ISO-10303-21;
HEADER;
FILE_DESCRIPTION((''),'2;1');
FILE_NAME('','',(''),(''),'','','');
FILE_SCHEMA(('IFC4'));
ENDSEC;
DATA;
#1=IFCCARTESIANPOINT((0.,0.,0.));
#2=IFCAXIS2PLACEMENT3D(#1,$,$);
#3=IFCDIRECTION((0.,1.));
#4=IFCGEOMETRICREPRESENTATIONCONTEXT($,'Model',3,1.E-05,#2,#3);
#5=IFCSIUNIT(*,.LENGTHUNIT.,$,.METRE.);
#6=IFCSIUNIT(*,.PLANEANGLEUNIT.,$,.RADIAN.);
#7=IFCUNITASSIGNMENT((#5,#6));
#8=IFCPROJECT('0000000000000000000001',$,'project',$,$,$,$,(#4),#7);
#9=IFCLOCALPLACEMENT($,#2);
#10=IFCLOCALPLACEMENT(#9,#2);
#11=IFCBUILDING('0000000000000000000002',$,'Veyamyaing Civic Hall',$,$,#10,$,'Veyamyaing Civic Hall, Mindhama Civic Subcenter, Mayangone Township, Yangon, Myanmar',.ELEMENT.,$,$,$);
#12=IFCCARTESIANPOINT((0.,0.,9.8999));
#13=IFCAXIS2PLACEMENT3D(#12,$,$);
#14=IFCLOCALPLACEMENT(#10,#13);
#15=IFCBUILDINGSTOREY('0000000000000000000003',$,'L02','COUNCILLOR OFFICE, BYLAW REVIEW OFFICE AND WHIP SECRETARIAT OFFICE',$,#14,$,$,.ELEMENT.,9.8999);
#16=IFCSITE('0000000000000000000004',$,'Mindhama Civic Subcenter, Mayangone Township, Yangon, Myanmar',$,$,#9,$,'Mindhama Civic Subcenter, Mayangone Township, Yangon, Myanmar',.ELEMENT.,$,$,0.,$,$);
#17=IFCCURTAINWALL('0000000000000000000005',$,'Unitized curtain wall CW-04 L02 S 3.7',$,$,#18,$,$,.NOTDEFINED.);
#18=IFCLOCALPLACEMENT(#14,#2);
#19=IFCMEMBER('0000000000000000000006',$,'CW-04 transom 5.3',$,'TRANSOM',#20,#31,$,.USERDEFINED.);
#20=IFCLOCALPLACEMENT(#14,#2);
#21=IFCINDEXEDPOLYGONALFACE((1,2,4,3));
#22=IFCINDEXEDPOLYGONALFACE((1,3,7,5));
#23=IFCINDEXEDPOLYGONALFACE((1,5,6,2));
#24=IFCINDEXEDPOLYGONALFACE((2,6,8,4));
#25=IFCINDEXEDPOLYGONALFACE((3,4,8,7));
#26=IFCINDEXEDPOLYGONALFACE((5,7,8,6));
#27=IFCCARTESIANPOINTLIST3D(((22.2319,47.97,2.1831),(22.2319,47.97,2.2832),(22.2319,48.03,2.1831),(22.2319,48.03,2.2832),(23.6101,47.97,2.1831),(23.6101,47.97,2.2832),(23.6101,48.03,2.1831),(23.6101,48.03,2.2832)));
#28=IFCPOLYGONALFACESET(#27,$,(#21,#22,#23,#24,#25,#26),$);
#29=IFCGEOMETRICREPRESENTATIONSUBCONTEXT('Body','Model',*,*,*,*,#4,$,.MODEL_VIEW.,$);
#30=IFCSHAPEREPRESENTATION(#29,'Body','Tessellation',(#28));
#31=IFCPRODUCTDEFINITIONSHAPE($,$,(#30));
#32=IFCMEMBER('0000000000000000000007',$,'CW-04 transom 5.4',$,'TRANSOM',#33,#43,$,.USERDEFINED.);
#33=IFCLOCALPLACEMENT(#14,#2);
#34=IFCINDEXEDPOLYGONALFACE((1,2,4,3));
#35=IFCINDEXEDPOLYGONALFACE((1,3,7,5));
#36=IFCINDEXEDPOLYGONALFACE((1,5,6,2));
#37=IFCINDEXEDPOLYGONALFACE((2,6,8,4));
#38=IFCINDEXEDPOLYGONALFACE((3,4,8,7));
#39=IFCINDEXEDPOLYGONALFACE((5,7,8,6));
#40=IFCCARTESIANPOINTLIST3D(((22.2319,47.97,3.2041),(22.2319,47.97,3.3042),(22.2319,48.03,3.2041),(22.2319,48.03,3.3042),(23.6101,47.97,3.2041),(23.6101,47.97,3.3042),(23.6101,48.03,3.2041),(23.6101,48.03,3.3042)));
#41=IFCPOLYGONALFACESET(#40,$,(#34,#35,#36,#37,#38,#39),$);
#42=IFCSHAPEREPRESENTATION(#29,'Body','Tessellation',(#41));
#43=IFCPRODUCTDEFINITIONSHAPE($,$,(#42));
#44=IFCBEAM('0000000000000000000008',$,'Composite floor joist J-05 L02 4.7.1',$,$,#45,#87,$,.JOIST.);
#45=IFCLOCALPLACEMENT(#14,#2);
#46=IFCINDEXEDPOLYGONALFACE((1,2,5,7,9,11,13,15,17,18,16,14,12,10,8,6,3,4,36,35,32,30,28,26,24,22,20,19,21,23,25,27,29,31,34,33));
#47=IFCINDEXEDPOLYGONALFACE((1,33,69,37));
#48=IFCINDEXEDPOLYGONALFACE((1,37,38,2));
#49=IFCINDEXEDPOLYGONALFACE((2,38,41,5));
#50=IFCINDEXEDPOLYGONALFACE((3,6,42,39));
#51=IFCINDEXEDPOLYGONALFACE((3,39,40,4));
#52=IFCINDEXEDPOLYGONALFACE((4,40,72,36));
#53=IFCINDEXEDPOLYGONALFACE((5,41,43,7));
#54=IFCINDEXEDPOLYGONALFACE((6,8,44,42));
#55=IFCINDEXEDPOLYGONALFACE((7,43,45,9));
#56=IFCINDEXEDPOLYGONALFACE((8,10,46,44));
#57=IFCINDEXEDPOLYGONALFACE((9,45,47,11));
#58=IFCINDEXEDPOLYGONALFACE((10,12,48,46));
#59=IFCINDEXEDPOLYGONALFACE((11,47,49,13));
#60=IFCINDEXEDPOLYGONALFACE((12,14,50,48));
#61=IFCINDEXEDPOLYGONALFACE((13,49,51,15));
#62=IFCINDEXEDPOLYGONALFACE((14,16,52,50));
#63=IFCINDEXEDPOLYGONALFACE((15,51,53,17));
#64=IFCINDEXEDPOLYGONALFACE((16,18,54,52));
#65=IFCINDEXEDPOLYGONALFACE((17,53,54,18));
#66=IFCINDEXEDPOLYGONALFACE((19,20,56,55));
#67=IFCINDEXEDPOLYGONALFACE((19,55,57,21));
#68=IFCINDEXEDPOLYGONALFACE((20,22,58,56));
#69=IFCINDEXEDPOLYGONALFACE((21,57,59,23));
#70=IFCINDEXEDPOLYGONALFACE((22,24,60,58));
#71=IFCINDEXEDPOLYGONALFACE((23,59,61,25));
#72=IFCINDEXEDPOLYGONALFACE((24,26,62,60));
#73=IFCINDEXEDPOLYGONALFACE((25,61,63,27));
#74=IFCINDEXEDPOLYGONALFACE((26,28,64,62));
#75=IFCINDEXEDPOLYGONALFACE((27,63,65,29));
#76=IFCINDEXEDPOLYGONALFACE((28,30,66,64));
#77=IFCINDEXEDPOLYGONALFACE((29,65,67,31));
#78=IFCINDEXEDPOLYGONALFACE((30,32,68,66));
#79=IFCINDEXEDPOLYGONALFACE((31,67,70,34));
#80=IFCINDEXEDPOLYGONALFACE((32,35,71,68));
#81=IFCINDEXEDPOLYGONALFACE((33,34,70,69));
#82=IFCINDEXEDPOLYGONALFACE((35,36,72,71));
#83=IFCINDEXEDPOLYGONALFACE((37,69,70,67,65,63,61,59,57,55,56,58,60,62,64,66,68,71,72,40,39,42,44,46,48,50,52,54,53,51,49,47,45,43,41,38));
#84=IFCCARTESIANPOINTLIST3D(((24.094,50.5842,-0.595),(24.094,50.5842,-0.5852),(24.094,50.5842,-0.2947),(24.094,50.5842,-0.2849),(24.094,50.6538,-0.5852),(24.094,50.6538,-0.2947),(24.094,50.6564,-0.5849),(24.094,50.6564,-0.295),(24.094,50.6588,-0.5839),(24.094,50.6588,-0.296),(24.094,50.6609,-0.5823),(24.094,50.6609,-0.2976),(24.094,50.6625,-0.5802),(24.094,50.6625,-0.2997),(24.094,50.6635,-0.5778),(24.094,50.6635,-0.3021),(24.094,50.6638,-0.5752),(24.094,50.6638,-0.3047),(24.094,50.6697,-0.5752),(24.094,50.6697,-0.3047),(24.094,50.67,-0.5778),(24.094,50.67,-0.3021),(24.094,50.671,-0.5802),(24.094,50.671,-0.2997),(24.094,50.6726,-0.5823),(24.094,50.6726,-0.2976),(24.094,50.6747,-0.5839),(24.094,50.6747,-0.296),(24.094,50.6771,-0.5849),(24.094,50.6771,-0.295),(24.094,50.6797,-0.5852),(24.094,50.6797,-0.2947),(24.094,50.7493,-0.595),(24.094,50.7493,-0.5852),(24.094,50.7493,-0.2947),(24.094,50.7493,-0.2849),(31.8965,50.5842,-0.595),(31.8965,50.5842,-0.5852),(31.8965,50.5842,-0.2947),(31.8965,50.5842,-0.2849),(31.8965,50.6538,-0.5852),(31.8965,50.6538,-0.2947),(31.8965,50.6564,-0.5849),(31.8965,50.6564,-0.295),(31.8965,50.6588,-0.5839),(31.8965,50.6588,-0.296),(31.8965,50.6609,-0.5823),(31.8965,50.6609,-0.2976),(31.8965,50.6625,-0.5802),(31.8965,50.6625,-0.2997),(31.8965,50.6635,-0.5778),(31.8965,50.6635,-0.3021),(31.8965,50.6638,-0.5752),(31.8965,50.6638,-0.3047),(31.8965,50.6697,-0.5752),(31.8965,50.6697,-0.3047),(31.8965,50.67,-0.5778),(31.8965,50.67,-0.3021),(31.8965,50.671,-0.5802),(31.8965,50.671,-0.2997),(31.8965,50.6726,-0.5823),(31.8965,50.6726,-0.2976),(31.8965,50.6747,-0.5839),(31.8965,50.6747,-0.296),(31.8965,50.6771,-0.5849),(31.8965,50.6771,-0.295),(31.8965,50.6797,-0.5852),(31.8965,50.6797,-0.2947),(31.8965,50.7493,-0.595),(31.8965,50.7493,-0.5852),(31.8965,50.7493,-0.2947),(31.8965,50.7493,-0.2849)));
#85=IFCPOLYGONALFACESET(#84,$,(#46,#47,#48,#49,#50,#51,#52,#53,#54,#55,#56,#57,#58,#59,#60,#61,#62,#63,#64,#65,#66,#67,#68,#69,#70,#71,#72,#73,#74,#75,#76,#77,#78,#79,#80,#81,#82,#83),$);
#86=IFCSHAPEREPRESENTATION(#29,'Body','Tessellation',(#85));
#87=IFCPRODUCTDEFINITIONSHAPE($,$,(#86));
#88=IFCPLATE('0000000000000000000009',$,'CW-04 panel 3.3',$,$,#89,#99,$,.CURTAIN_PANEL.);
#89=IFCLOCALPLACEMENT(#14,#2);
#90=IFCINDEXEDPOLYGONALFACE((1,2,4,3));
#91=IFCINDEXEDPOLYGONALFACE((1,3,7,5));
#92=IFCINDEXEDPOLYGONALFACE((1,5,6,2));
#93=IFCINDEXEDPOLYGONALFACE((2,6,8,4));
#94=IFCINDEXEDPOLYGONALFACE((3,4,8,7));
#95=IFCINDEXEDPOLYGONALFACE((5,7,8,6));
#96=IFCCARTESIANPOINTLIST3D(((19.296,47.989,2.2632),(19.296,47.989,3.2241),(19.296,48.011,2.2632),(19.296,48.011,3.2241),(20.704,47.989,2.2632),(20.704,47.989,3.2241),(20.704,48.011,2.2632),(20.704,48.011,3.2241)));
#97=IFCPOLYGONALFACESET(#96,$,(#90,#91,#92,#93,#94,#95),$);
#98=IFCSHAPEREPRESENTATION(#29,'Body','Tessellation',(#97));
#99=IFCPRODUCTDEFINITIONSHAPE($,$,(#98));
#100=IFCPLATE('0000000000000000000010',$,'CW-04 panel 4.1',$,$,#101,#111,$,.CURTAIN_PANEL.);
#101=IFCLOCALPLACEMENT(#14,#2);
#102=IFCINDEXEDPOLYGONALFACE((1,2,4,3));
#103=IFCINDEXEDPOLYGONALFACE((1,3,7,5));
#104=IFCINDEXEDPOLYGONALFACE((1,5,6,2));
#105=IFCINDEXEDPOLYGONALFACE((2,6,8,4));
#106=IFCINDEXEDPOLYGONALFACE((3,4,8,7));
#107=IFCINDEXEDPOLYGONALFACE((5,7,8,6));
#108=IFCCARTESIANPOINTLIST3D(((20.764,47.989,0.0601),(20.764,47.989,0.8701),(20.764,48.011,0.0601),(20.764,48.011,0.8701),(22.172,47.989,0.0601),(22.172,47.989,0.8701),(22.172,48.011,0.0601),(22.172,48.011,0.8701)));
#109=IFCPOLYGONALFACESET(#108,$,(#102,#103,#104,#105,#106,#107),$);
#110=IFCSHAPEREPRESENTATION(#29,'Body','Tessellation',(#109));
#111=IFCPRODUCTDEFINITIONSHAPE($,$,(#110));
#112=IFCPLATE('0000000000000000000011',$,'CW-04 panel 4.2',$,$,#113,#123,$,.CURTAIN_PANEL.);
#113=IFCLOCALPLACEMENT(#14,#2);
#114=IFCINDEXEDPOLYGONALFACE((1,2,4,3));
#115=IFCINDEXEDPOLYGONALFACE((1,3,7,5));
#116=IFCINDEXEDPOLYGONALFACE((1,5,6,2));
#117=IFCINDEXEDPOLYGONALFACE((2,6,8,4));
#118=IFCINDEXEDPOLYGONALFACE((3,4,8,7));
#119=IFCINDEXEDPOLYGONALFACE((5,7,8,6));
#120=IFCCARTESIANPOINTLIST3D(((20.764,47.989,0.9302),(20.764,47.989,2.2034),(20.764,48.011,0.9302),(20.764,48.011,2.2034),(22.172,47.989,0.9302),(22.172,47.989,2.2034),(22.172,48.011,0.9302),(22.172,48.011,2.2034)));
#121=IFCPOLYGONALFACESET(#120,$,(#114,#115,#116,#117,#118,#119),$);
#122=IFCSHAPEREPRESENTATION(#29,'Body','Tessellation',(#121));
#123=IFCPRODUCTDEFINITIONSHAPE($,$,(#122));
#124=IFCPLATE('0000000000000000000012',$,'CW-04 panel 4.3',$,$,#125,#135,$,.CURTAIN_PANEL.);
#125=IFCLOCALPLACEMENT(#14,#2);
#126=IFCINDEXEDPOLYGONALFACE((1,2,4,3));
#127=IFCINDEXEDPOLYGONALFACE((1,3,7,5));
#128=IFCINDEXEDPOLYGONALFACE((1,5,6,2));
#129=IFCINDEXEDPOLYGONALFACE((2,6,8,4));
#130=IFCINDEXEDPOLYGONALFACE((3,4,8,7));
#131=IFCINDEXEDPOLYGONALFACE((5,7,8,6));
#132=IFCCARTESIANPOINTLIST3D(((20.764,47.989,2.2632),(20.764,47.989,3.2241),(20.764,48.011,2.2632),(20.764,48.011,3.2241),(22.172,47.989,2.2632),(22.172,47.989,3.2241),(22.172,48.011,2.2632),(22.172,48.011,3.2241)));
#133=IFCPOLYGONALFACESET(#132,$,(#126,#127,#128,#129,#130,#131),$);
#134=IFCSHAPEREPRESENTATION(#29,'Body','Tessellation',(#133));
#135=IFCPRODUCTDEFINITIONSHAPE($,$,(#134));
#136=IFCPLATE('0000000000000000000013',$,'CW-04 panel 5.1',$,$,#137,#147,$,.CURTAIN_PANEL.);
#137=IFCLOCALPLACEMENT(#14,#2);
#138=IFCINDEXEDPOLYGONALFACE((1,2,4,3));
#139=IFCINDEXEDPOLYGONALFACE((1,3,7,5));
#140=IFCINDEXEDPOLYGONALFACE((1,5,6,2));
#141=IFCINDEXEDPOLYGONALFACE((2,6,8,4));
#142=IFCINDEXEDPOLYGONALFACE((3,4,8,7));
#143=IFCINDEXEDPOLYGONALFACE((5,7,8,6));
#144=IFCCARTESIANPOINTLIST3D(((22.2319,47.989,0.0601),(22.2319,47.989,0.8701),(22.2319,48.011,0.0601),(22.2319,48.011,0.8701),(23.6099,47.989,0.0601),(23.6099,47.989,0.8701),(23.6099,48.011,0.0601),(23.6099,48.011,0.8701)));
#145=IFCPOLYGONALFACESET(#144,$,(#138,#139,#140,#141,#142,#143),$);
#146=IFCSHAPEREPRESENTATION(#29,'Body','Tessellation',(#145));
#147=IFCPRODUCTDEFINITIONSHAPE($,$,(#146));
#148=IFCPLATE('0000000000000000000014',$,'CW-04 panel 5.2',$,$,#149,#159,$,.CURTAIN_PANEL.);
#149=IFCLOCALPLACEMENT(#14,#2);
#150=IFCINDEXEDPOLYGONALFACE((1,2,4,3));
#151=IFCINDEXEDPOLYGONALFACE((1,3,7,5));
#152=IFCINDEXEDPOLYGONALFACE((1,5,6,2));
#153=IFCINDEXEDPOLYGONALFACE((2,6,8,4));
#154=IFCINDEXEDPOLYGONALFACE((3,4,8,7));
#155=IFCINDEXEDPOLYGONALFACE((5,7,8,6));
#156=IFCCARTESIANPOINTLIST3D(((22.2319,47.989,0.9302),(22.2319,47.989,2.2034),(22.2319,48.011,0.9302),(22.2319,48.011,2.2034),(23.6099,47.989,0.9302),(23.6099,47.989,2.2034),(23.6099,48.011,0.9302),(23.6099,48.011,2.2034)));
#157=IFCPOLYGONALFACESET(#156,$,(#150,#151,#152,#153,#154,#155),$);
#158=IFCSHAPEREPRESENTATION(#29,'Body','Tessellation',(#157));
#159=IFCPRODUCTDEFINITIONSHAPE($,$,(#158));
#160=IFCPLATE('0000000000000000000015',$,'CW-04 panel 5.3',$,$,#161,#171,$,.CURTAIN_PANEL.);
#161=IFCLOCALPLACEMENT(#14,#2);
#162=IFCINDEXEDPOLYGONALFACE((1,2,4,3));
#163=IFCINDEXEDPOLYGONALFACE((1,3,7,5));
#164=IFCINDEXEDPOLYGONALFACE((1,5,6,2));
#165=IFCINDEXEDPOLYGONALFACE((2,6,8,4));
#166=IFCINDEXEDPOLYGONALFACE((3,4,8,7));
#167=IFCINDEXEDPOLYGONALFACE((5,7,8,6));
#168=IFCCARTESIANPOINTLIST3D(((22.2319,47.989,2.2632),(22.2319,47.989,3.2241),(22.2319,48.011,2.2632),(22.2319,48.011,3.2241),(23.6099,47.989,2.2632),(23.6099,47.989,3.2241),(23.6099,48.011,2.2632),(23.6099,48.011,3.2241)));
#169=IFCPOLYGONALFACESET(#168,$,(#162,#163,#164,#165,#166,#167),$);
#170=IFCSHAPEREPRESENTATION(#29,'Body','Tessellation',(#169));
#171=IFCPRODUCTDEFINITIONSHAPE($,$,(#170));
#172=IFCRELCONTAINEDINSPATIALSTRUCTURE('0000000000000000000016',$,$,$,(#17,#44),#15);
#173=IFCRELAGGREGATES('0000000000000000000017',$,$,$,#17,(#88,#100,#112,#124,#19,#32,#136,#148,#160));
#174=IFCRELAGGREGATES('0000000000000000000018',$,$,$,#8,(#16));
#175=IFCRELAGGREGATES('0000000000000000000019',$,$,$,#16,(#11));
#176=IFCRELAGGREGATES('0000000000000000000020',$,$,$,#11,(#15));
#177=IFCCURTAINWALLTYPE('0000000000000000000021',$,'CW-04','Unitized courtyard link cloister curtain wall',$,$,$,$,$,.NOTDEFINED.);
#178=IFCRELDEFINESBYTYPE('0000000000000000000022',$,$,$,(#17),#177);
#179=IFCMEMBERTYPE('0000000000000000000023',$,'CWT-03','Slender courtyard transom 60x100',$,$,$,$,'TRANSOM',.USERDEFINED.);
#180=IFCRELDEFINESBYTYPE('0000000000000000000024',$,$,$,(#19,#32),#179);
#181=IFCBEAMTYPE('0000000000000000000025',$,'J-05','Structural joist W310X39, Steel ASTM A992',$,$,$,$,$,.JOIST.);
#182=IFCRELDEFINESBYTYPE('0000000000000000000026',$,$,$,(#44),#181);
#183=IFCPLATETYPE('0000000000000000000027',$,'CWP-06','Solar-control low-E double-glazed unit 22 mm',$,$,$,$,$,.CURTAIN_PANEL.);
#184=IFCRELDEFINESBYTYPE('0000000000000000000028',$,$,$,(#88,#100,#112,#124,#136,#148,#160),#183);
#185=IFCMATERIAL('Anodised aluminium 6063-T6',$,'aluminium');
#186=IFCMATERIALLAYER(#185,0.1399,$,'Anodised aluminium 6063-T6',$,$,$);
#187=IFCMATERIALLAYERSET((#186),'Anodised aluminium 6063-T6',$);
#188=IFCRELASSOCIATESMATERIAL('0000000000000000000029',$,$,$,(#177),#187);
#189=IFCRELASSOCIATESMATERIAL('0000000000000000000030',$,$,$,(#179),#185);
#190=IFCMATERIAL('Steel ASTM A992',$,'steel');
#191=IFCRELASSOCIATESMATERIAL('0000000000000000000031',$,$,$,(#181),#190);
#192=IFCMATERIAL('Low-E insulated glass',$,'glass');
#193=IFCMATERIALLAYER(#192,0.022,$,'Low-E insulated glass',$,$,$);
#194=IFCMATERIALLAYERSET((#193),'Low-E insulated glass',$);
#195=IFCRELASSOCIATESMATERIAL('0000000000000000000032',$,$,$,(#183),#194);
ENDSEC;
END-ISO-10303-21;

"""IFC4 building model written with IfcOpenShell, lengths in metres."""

from ifc_helpers import new_model, si_unit, direction, frame, origin, origin_2d, place, context, subcontext, project, spatial, rectangle, i_section, extrude, material, layer, layer_set, material_profile, profile_set, type_object, element, aggregate, save


model = new_model("IFC4")

# Units and contexts
model_context = context("Model", 3, precision=1e-05, world=origin(), true_north=direction((0.0, 1.0)))
body_context = subcontext(model_context, "Body", "Model", "MODEL_VIEW")
ifc_project = project(units=[si_unit("LENGTHUNIT", "METRE"), si_unit("PLANEANGLEUNIT", "RADIAN")], contexts=[model_context])

# Site, building, storey
site_placement = place(None, origin())
site = spatial("IfcSite", under=ifc_project, at=site_placement, Name="Mindhama Civic Subcenter, Mayangone Township, Yangon, Myanmar", LongName="Mindhama Civic Subcenter, Mayangone Township, Yangon, Myanmar", CompositionType="ELEMENT", RefElevation=0.0)
building_placement = place(site_placement, origin())
building = spatial("IfcBuilding", under=site, at=building_placement, Name="Veyamyaing Civic Hall", LongName="Veyamyaing Civic Hall, Mindhama Civic Subcenter, Mayangone Township, Yangon, Myanmar", CompositionType="ELEMENT")
storey_placement = place(building_placement, frame((0.0, 0.0, 9.8999)))
storey = spatial("IfcBuildingStorey", under=building, at=storey_placement, Name="L02", Description="COUNCILLOR OFFICE, BYLAW REVIEW OFFICE AND WHIP SECRETARIAT OFFICE", CompositionType="ELEMENT", Elevation=9.8999)

# Shared definitions
ifc_material_1 = material(Name="Steel ASTM A992", Category="steel")

# Curtain wall, members
ifc_material_2 = material(Name="Anodised aluminium 6063-T6", Category="aluminium")
ifc_layer_1 = layer(ifc_material_2, 0.1399, Name="Anodised aluminium 6063-T6")
ifc_layer_set_1 = layer_set([ifc_layer_1], Name="Anodised aluminium 6063-T6")
curtain_wall_type = type_object("IfcCurtainWallType", Name="CW-04", Description="Unitized courtyard link cloister curtain wall", PredefinedType="NOTDEFINED", material=ifc_layer_set_1)
curtain_wall_placement = place(storey_placement, origin())
curtain_wall = element("IfcCurtainWall", 1, at=curtain_wall_placement, inside=storey, type_object=curtain_wall_type, Name="Unitized curtain wall CW-04 L02 S 3.7", PredefinedType="NOTDEFINED")
ifc_material_profile_1 = material_profile(ifc_material_2, rectangle(XDim=0.0601, YDim=0.1001, at=origin_2d()), Name="ALU-TRN-60X100")
ifc_profile_set_1 = profile_set([ifc_material_profile_1], Name="Anodised aluminium 6063-T6")
member_type_1 = type_object("IfcMemberType", Name="CWT-03", Description="Slender courtyard transom 60x100", ElementType="TRANSOM", PredefinedType="USERDEFINED", material=ifc_profile_set_1)
member_1_placement = place(storey_placement, frame((22.2319, 48.0, 2.2332), z_axis=(1.0, 0.0, 0.0), x_axis=(0.0, 1.0, 0.0)))
member_1 = element("IfcMember", 2, at=member_1_placement, type_object=member_type_1, Name="CW-04 transom 5.3", ObjectType="TRANSOM", PredefinedType="USERDEFINED", context=body_context, shape_type="SweptSolid", body=[
    extrude(rectangle(XDim=0.0601, YDim=0.1001, at=origin_2d()), origin(), (0.0, 0.0, 1.0), 1.3782),
])
member_2_placement = place(storey_placement, frame((22.2319, 48.0, 3.2542), z_axis=(1.0, 0.0, 0.0), x_axis=(0.0, 1.0, 0.0)))
member_2 = element("IfcMember", 3, at=member_2_placement, type_object=member_type_1, Name="CW-04 transom 5.4", ObjectType="TRANSOM", PredefinedType="USERDEFINED", context=body_context, shape_type="SweptSolid", body=[
    extrude(rectangle(XDim=0.0601, YDim=0.1001, at=origin_2d()), origin(), (0.0, 0.0, 1.0), 1.3782),
])

# Beam
ifc_material_profile_2 = material_profile(ifc_material_1, i_section(OverallWidth=0.165, OverallDepth=0.3101, WebThickness=0.0059, FlangeThickness=0.0098, FilletRadius=0.01, at=origin_2d()), Name="W310X39")
ifc_profile_set_2 = profile_set([ifc_material_profile_2], Name="Steel ASTM A992")
beam_type_1 = type_object("IfcBeamType", Name="J-05", Description="Structural joist W310X39, Steel ASTM A992", PredefinedType="JOIST", material=ifc_profile_set_2)
beam_1_placement = place(storey_placement, frame((24.094, 50.6667, -0.4399), z_axis=(1.0, 0.0, 0.0), x_axis=(0.0, 1.0, 0.0)))
element("IfcBeam", 4, at=beam_1_placement, inside=storey, type_object=beam_type_1, Name="Composite floor joist J-05 L02 4.7.1", PredefinedType="JOIST", context=body_context, shape_type="SweptSolid", body=[
    extrude(i_section(OverallWidth=0.165, OverallDepth=0.3101, WebThickness=0.0059, FlangeThickness=0.0098, FilletRadius=0.01, at=origin_2d()), origin(), (0.0, 0.0, 1.0), 7.8025),
])

# Plates
ifc_material_3 = material(Name="Low-E insulated glass", Category="glass")
ifc_layer_2 = layer(ifc_material_3, 0.022, Name="Low-E insulated glass")
ifc_layer_set_2 = layer_set([ifc_layer_2], Name="Low-E insulated glass")
plate_type = type_object("IfcPlateType", Name="CWP-06", Description="Solar-control low-E double-glazed unit 22 mm", PredefinedType="CURTAIN_PANEL", material=ifc_layer_set_2)
plate_1_placement = place(storey_placement, frame((20.0, 48.0, 2.2632), z_axis=(0.0, 0.0, 1.0), x_axis=(1.0, 0.0, 0.0)))
plate_1 = element("IfcPlate", 5, at=plate_1_placement, type_object=plate_type, Name="CW-04 panel 3.3", PredefinedType="CURTAIN_PANEL", context=body_context, shape_type="SweptSolid", body=[
    extrude(rectangle(XDim=1.408, YDim=0.022, at=origin_2d()), origin(), (0.0, 0.0, 1.0), 0.9609),
])
plate_2_placement = place(storey_placement, frame((21.468, 48.0, 0.0601), z_axis=(0.0, 0.0, 1.0), x_axis=(1.0, 0.0, 0.0)))
plate_2 = element("IfcPlate", 6, at=plate_2_placement, type_object=plate_type, Name="CW-04 panel 4.1", PredefinedType="CURTAIN_PANEL", context=body_context, shape_type="SweptSolid", body=[
    extrude(rectangle(XDim=1.408, YDim=0.022, at=origin_2d()), origin(), (0.0, 0.0, 1.0), 0.8101),
])
plate_3_placement = place(storey_placement, frame((21.468, 48.0, 0.9302), z_axis=(0.0, 0.0, 1.0), x_axis=(1.0, 0.0, 0.0)))
plate_3 = element("IfcPlate", 7, at=plate_3_placement, type_object=plate_type, Name="CW-04 panel 4.2", PredefinedType="CURTAIN_PANEL", context=body_context, shape_type="SweptSolid", body=[
    extrude(rectangle(XDim=1.408, YDim=0.022, at=origin_2d()), origin(), (0.0, 0.0, 1.0), 1.2732),
])
plate_4_placement = place(storey_placement, frame((21.468, 48.0, 2.2632), z_axis=(0.0, 0.0, 1.0), x_axis=(1.0, 0.0, 0.0)))
plate_4 = element("IfcPlate", 8, at=plate_4_placement, type_object=plate_type, Name="CW-04 panel 4.3", PredefinedType="CURTAIN_PANEL", context=body_context, shape_type="SweptSolid", body=[
    extrude(rectangle(XDim=1.408, YDim=0.022, at=origin_2d()), origin(), (0.0, 0.0, 1.0), 0.9609),
])
plate_5_placement = place(storey_placement, frame((22.9209, 48.0, 0.0601), z_axis=(0.0, 0.0, 1.0), x_axis=(1.0, 0.0, 0.0)))
plate_5 = element("IfcPlate", 9, at=plate_5_placement, type_object=plate_type, Name="CW-04 panel 5.1", PredefinedType="CURTAIN_PANEL", context=body_context, shape_type="SweptSolid", body=[
    extrude(rectangle(XDim=1.3779, YDim=0.022, at=origin_2d()), origin(), (0.0, 0.0, 1.0), 0.8101),
])
plate_6_placement = place(storey_placement, frame((22.9209, 48.0, 0.9302), z_axis=(0.0, 0.0, 1.0), x_axis=(1.0, 0.0, 0.0)))
plate_6 = element("IfcPlate", 10, at=plate_6_placement, type_object=plate_type, Name="CW-04 panel 5.2", PredefinedType="CURTAIN_PANEL", context=body_context, shape_type="SweptSolid", body=[
    extrude(rectangle(XDim=1.3779, YDim=0.022, at=origin_2d()), origin(), (0.0, 0.0, 1.0), 1.2732),
])
plate_7_placement = place(storey_placement, frame((22.9209, 48.0, 2.2632), z_axis=(0.0, 0.0, 1.0), x_axis=(1.0, 0.0, 0.0)))
plate_7 = element("IfcPlate", 11, at=plate_7_placement, type_object=plate_type, Name="CW-04 panel 5.3", PredefinedType="CURTAIN_PANEL", context=body_context, shape_type="SweptSolid", body=[
    extrude(rectangle(XDim=1.3779, YDim=0.022, at=origin_2d()), origin(), (0.0, 0.0, 1.0), 0.9609),
])
aggregate(curtain_wall, [plate_1, plate_2, plate_3, plate_4, member_1, member_2, plate_5, plate_6, plate_7])

save(model, "model.ifc")
